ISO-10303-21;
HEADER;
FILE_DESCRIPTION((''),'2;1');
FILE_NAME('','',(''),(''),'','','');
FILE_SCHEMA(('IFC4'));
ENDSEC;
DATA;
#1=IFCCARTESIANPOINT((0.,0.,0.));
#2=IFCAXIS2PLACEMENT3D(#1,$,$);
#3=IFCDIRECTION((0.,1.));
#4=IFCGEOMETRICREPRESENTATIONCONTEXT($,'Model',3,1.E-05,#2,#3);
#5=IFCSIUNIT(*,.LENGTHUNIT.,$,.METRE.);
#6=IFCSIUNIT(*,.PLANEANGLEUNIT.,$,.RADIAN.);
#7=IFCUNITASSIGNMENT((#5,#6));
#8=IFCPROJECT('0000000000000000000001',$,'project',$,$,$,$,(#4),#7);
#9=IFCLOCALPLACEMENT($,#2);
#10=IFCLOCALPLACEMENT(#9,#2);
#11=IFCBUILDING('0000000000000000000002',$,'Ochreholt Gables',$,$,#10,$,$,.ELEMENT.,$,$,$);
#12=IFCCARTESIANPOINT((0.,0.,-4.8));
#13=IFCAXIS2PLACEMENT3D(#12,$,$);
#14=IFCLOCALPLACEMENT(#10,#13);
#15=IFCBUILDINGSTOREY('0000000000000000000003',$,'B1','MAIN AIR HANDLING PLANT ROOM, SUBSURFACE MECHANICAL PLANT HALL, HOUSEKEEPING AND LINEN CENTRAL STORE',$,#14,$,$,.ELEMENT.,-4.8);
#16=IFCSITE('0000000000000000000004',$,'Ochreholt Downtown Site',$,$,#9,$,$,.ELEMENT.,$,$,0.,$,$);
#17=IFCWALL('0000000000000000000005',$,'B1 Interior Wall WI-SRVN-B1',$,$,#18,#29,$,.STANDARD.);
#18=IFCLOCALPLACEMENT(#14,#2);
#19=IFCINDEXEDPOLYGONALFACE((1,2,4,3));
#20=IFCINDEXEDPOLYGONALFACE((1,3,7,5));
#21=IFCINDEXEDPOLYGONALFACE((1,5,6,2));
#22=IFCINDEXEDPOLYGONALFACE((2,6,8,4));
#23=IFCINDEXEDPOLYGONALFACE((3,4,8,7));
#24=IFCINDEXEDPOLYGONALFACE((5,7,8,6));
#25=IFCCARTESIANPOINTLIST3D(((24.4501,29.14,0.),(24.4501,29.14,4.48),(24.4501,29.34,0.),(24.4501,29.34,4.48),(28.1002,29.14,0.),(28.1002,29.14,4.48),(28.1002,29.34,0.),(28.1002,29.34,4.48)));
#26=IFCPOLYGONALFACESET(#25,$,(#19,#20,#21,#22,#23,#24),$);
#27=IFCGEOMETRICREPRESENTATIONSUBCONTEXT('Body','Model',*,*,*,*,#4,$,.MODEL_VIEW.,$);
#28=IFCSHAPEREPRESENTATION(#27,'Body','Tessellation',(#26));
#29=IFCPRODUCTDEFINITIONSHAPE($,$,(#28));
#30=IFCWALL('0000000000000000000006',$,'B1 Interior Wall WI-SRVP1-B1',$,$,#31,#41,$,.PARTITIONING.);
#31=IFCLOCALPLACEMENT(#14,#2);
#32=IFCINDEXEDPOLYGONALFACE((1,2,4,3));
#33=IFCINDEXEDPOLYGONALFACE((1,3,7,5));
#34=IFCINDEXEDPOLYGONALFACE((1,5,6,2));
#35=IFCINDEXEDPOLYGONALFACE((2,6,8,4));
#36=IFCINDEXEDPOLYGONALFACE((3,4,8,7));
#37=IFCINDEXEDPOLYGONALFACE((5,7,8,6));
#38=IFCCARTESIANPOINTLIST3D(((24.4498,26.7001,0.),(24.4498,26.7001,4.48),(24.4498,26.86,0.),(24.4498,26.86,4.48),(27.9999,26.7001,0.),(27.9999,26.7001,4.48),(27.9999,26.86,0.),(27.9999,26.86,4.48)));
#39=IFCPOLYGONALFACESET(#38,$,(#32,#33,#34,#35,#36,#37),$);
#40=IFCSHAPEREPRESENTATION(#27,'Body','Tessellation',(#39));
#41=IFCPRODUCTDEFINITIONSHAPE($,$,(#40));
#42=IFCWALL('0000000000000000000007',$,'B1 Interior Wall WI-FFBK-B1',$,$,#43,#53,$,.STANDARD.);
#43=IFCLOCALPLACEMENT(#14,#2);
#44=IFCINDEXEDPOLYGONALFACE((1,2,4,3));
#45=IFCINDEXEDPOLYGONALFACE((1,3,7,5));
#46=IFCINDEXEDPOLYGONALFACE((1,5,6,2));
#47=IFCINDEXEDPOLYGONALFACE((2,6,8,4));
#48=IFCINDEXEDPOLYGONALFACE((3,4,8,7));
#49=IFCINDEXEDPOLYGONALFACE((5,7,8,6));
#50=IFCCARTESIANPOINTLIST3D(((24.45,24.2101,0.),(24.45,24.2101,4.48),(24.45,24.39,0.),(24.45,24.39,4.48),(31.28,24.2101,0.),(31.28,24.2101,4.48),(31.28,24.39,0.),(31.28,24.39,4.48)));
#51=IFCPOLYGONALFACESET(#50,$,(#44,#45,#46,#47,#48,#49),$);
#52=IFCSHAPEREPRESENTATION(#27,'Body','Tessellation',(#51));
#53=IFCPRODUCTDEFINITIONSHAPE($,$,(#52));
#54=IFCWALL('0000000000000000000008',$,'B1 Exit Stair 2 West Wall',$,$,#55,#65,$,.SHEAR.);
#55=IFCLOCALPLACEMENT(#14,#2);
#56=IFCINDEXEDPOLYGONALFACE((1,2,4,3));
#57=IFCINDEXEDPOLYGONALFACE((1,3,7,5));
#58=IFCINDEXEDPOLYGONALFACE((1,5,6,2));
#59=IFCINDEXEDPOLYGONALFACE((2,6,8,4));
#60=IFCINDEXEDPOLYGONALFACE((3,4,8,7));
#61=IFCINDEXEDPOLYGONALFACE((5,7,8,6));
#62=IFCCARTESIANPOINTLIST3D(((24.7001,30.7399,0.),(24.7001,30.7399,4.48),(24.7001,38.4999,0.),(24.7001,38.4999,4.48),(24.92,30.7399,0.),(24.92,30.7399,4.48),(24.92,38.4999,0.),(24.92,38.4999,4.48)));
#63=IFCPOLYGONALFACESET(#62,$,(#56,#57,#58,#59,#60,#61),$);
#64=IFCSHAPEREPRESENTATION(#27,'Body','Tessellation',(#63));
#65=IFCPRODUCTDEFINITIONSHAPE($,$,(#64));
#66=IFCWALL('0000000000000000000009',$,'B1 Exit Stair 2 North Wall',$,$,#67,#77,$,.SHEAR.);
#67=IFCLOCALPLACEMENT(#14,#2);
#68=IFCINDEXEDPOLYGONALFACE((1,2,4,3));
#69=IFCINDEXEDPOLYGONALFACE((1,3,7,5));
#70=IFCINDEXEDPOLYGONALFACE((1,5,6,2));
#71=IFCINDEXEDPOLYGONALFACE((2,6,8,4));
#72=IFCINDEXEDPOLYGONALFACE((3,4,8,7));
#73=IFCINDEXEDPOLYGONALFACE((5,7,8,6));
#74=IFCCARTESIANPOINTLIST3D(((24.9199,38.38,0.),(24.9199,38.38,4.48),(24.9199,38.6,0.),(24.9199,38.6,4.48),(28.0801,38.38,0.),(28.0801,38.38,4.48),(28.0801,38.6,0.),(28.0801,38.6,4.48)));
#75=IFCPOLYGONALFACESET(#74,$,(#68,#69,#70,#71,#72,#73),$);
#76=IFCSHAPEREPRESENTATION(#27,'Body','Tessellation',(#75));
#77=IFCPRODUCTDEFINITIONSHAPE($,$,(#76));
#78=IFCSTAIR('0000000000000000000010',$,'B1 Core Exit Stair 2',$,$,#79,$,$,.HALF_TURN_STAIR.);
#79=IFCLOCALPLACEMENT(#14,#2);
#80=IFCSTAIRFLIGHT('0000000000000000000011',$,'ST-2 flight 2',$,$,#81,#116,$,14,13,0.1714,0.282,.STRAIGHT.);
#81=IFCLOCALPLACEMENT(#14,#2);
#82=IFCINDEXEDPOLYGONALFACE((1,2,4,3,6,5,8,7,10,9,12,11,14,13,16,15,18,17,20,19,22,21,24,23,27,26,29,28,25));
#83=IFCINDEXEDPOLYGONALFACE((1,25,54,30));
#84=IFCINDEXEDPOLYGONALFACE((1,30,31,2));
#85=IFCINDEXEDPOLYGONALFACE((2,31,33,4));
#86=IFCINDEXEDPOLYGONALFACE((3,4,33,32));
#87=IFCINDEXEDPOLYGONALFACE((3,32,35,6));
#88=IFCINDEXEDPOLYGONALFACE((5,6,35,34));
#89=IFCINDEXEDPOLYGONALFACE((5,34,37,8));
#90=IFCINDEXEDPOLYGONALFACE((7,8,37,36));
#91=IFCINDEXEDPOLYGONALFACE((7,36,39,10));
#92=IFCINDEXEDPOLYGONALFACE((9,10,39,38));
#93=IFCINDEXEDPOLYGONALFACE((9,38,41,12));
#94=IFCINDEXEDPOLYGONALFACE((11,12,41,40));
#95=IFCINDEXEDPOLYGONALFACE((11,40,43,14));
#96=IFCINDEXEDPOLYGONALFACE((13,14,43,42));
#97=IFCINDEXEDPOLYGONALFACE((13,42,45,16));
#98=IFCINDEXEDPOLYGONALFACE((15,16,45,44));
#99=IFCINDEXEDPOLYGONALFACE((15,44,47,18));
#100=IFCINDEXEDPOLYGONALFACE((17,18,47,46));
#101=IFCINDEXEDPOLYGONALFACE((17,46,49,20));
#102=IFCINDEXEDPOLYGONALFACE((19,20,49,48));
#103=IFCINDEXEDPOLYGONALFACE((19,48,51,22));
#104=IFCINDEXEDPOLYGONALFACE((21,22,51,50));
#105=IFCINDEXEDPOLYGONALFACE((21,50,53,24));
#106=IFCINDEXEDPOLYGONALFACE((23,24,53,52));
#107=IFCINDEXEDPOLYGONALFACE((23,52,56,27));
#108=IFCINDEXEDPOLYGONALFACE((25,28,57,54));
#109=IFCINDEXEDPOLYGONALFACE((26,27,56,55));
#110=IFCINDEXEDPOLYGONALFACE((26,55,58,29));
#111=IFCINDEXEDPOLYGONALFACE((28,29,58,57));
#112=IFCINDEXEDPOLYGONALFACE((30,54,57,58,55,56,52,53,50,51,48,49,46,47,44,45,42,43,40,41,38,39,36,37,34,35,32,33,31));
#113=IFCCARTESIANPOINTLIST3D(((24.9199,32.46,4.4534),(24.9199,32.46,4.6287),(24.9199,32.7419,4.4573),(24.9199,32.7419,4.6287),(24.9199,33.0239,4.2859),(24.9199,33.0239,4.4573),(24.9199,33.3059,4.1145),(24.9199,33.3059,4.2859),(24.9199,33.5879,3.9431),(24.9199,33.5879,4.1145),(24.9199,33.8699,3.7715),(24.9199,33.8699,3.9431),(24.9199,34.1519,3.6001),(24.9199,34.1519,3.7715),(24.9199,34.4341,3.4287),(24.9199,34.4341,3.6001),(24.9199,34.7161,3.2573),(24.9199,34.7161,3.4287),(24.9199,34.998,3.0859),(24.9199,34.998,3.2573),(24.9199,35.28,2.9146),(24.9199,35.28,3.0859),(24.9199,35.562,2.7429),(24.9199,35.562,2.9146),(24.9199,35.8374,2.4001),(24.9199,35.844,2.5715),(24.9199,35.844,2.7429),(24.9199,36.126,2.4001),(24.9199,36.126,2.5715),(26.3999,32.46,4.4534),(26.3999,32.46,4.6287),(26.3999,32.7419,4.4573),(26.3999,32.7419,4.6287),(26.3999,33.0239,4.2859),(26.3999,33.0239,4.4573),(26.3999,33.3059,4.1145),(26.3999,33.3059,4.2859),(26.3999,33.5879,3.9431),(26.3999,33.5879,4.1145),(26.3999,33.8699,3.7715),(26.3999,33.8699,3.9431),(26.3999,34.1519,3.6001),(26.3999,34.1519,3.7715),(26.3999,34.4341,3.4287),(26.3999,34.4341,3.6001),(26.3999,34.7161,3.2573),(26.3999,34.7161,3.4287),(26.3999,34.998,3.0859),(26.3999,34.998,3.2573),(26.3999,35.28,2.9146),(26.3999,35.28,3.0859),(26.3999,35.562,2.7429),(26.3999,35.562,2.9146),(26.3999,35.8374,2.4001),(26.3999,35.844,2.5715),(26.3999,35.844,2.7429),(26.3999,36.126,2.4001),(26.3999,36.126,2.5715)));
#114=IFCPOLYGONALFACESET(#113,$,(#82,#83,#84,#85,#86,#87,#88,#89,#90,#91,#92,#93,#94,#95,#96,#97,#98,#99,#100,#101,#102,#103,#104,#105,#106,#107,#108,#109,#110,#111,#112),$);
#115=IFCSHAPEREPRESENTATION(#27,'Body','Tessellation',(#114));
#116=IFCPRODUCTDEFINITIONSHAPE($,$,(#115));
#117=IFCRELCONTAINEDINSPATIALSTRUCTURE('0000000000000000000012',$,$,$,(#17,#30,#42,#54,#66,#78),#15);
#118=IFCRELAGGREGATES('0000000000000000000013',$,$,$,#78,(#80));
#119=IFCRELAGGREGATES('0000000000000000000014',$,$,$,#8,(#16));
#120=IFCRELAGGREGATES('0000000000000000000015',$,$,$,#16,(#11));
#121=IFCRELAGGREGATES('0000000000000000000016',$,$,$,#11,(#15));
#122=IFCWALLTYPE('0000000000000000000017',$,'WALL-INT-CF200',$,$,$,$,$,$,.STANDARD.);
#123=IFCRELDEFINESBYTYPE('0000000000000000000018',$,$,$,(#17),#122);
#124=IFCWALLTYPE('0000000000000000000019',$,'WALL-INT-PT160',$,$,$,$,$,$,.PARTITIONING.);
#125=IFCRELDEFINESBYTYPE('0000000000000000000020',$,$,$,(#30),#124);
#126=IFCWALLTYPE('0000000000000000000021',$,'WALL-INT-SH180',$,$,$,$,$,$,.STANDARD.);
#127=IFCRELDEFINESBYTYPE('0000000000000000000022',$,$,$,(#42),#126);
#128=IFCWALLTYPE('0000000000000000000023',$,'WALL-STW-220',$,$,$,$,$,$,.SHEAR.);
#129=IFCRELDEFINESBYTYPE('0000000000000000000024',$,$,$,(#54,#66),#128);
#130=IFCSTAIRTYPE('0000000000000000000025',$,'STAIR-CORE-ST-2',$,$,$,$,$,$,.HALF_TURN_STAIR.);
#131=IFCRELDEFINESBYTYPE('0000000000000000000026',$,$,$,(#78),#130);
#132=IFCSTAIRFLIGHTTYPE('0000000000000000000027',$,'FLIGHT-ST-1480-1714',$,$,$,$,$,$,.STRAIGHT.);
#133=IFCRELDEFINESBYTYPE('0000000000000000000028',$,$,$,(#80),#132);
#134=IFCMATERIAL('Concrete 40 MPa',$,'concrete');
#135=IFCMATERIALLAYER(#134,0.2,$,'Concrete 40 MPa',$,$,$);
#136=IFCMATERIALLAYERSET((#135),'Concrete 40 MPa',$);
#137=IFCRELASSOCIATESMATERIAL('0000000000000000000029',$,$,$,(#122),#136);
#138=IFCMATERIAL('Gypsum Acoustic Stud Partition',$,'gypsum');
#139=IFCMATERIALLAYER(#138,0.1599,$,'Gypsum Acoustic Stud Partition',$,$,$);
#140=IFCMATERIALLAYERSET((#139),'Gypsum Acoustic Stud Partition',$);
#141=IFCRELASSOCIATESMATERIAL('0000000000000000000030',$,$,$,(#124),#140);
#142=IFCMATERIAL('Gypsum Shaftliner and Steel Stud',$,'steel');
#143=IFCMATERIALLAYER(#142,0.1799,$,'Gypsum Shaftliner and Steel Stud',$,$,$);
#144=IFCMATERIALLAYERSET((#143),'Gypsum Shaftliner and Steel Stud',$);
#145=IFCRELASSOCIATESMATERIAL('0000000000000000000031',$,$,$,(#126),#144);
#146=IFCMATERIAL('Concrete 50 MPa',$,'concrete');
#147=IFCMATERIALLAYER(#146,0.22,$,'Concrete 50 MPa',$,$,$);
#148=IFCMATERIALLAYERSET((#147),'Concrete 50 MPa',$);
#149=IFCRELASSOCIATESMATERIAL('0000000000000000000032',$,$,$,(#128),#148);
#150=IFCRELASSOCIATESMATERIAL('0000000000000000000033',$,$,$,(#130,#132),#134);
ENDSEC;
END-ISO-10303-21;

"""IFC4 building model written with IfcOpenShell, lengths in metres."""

from ifc_helpers import new_model, si_unit, direction, frame, frame_2d, origin, place, context, subcontext, project, spatial, polyline, rectangle, outline, extrude, material, layer, layer_set, type_object, element, aggregate, save


model = new_model("IFC4")

# Units and contexts
model_context = context("Model", 3, precision=1e-05, world=origin(), true_north=direction((0.0, 1.0)))
body_context = subcontext(model_context, "Body", "Model", "MODEL_VIEW")
ifc_project = project(units=[si_unit("LENGTHUNIT", "METRE"), si_unit("PLANEANGLEUNIT", "RADIAN")], contexts=[model_context])

# Site, building, storey
site_placement = place(None, origin())
site = spatial("IfcSite", under=ifc_project, at=site_placement, Name="Ochreholt Downtown Site", CompositionType="ELEMENT", RefElevation=0.0)
building_placement = place(site_placement, origin())
building = spatial("IfcBuilding", under=site, at=building_placement, Name="Ochreholt Gables", CompositionType="ELEMENT")
storey_placement = place(building_placement, frame((0.0, 0.0, -4.8)))
storey = spatial("IfcBuildingStorey", under=building, at=storey_placement, Name="B1", Description="MAIN AIR HANDLING PLANT ROOM, SUBSURFACE MECHANICAL PLANT HALL, HOUSEKEEPING AND LINEN CENTRAL STORE", CompositionType="ELEMENT", Elevation=-4.8)

# Shared definitions
ifc_material_1 = material(Name="Concrete 40 MPa", Category="concrete")
ifc_layer_1 = layer(ifc_material_1, 0.2, Name="Concrete 40 MPa")
ifc_layer_set_1 = layer_set([ifc_layer_1], Name="Concrete 40 MPa")
wall_type_1 = type_object("IfcWallType", Name="WALL-INT-CF200", PredefinedType="STANDARD", material=ifc_layer_set_1)

# Walls
wall_1_placement = place(storey_placement, frame((24.45, 29.24, 0.0), z_axis=(0.0, 0.0, 1.0), x_axis=(1.0, 0.0, 0.0)))
element("IfcWall", 1, at=wall_1_placement, inside=storey, type_object=wall_type_1, Name="B1 Interior Wall WI-SRVN-B1", PredefinedType="STANDARD", context=body_context, shape_type="SweptSolid", body=[
    extrude(rectangle(XDim=3.6501, YDim=0.2, at=frame_2d((1.8252, 0.0))), origin(), (0.0, 0.0, 1.0), 4.48),
])
ifc_material_2 = material(Name="Gypsum Acoustic Stud Partition", Category="gypsum")
ifc_layer_2 = layer(ifc_material_2, 0.1599, Name="Gypsum Acoustic Stud Partition")
ifc_layer_set_2 = layer_set([ifc_layer_2], Name="Gypsum Acoustic Stud Partition")
wall_type_2 = type_object("IfcWallType", Name="WALL-INT-PT160", PredefinedType="PARTITIONING", material=ifc_layer_set_2)
wall_2_placement = place(storey_placement, frame((24.45, 26.78, 0.0), z_axis=(0.0, 0.0, 1.0), x_axis=(1.0, 0.0, 0.0)))
element("IfcWall", 2, at=wall_2_placement, inside=storey, type_object=wall_type_2, Name="B1 Interior Wall WI-SRVP1-B1", PredefinedType="PARTITIONING", context=body_context, shape_type="SweptSolid", body=[
    extrude(rectangle(XDim=3.55, YDim=0.1599, at=frame_2d((1.7749, 0.0))), origin(), (0.0, 0.0, 1.0), 4.48),
])
ifc_material_3 = material(Name="Gypsum Shaftliner and Steel Stud", Category="steel")
ifc_layer_3 = layer(ifc_material_3, 0.1799, Name="Gypsum Shaftliner and Steel Stud")
ifc_layer_set_3 = layer_set([ifc_layer_3], Name="Gypsum Shaftliner and Steel Stud")
wall_type_3 = type_object("IfcWallType", Name="WALL-INT-SH180", PredefinedType="STANDARD", material=ifc_layer_set_3)
wall_3_placement = place(storey_placement, frame((24.45, 24.3, 0.0), z_axis=(0.0, 0.0, 1.0), x_axis=(1.0, 0.0, 0.0)))
element("IfcWall", 3, at=wall_3_placement, inside=storey, type_object=wall_type_3, Name="B1 Interior Wall WI-FFBK-B1", PredefinedType="STANDARD", context=body_context, shape_type="SweptSolid", body=[
    extrude(rectangle(XDim=6.8301, YDim=0.1799, at=frame_2d((3.415, 0.0))), origin(), (0.0, 0.0, 1.0), 4.48),
])
ifc_material_4 = material(Name="Concrete 50 MPa", Category="concrete")
ifc_layer_4 = layer(ifc_material_4, 0.22, Name="Concrete 50 MPa")
ifc_layer_set_4 = layer_set([ifc_layer_4], Name="Concrete 50 MPa")
wall_type_4 = type_object("IfcWallType", Name="WALL-STW-220", PredefinedType="SHEAR", material=ifc_layer_set_4)
wall_4_placement = place(storey_placement, frame((24.8101, 30.74, 0.0), z_axis=(0.0, 0.0, 1.0), x_axis=(0.0, 1.0, 0.0)))
element("IfcWall", 4, at=wall_4_placement, inside=storey, type_object=wall_type_4, Name="B1 Exit Stair 2 West Wall", PredefinedType="SHEAR", context=body_context, shape_type="SweptSolid", body=[
    extrude(rectangle(XDim=7.76, YDim=0.22, at=frame_2d((3.8799, 0.0))), origin(), (0.0, 0.0, 1.0), 4.48),
])

# Wall
wall_5_placement = place(storey_placement, frame((24.9199, 38.49, 0.0), z_axis=(0.0, 0.0, 1.0), x_axis=(1.0, 0.0, 0.0)))
element("IfcWall", 5, at=wall_5_placement, inside=storey, type_object=wall_type_4, Name="B1 Exit Stair 2 North Wall", PredefinedType="SHEAR", context=body_context, shape_type="SweptSolid", body=[
    extrude(rectangle(XDim=3.1602, YDim=0.22, at=frame_2d((1.5801, 0.0))), origin(), (0.0, 0.0, 1.0), 4.48),
])

# Stair, stair flight
stair_type = type_object("IfcStairType", Name="STAIR-CORE-ST-2", PredefinedType="HALF_TURN_STAIR", material=ifc_material_1)
stair_placement = place(storey_placement, origin())
stair = element("IfcStair", 6, at=stair_placement, inside=storey, type_object=stair_type, Name="B1 Core Exit Stair 2", PredefinedType="HALF_TURN_STAIR")
stair_flight_type = type_object("IfcStairFlightType", Name="FLIGHT-ST-1480-1714", PredefinedType="STRAIGHT", material=ifc_material_1)
stair_flight_placement = place(storey_placement, frame((25.6599, 36.126, 2.4001), z_axis=(0.0, 0.0, 1.0), x_axis=(0.0, -1.0, 0.0)))
stair_flight = element("IfcStairFlight", 7, at=stair_flight_placement, type_object=stair_flight_type, Name="ST-2 flight 2", NumberOfRisers=14, NumberOfTreads=13, PredefinedType="STRAIGHT", RiserHeight=0.1714, TreadLength=0.282, context=body_context, shape_type="SweptSolid", body=[
    extrude(outline(polyline([(0.0, 0.0), (0.0, 0.1714), (0.282, 0.1714), (0.282, 0.3428), (0.564, 0.3428), (0.564, 0.5144), (0.8459, 0.5144), (0.8459, 0.6858), (1.1279, 0.6858), (1.1279, 0.8572), (1.4099, 0.8572), (1.4099, 1.0286), (1.6919, 1.0286), (1.6919, 1.2), (1.9741, 1.2), (1.9741, 1.3713), (2.2561, 1.3713), (2.2561, 1.543), (2.5381, 1.543), (2.5381, 1.7144), (2.8201, 1.7144), (2.8201, 1.8857), (3.1021, 1.8857), (3.1021, 2.0571), (3.384, 2.0571), (3.384, 2.2285), (3.666, 2.2285), (3.666, 2.3999), (3.666, 2.0532), (0.2886, 0.0), (0.0, 0.0)])), frame((0.0, 0.74, 0.0), z_axis=(0.0, -1.0, 0.0), x_axis=(1.0, 0.0, 0.0)), (0.0, 0.0, 1.0), 1.48),
])
aggregate(stair, [stair_flight])

save(model, "model.ifc")
